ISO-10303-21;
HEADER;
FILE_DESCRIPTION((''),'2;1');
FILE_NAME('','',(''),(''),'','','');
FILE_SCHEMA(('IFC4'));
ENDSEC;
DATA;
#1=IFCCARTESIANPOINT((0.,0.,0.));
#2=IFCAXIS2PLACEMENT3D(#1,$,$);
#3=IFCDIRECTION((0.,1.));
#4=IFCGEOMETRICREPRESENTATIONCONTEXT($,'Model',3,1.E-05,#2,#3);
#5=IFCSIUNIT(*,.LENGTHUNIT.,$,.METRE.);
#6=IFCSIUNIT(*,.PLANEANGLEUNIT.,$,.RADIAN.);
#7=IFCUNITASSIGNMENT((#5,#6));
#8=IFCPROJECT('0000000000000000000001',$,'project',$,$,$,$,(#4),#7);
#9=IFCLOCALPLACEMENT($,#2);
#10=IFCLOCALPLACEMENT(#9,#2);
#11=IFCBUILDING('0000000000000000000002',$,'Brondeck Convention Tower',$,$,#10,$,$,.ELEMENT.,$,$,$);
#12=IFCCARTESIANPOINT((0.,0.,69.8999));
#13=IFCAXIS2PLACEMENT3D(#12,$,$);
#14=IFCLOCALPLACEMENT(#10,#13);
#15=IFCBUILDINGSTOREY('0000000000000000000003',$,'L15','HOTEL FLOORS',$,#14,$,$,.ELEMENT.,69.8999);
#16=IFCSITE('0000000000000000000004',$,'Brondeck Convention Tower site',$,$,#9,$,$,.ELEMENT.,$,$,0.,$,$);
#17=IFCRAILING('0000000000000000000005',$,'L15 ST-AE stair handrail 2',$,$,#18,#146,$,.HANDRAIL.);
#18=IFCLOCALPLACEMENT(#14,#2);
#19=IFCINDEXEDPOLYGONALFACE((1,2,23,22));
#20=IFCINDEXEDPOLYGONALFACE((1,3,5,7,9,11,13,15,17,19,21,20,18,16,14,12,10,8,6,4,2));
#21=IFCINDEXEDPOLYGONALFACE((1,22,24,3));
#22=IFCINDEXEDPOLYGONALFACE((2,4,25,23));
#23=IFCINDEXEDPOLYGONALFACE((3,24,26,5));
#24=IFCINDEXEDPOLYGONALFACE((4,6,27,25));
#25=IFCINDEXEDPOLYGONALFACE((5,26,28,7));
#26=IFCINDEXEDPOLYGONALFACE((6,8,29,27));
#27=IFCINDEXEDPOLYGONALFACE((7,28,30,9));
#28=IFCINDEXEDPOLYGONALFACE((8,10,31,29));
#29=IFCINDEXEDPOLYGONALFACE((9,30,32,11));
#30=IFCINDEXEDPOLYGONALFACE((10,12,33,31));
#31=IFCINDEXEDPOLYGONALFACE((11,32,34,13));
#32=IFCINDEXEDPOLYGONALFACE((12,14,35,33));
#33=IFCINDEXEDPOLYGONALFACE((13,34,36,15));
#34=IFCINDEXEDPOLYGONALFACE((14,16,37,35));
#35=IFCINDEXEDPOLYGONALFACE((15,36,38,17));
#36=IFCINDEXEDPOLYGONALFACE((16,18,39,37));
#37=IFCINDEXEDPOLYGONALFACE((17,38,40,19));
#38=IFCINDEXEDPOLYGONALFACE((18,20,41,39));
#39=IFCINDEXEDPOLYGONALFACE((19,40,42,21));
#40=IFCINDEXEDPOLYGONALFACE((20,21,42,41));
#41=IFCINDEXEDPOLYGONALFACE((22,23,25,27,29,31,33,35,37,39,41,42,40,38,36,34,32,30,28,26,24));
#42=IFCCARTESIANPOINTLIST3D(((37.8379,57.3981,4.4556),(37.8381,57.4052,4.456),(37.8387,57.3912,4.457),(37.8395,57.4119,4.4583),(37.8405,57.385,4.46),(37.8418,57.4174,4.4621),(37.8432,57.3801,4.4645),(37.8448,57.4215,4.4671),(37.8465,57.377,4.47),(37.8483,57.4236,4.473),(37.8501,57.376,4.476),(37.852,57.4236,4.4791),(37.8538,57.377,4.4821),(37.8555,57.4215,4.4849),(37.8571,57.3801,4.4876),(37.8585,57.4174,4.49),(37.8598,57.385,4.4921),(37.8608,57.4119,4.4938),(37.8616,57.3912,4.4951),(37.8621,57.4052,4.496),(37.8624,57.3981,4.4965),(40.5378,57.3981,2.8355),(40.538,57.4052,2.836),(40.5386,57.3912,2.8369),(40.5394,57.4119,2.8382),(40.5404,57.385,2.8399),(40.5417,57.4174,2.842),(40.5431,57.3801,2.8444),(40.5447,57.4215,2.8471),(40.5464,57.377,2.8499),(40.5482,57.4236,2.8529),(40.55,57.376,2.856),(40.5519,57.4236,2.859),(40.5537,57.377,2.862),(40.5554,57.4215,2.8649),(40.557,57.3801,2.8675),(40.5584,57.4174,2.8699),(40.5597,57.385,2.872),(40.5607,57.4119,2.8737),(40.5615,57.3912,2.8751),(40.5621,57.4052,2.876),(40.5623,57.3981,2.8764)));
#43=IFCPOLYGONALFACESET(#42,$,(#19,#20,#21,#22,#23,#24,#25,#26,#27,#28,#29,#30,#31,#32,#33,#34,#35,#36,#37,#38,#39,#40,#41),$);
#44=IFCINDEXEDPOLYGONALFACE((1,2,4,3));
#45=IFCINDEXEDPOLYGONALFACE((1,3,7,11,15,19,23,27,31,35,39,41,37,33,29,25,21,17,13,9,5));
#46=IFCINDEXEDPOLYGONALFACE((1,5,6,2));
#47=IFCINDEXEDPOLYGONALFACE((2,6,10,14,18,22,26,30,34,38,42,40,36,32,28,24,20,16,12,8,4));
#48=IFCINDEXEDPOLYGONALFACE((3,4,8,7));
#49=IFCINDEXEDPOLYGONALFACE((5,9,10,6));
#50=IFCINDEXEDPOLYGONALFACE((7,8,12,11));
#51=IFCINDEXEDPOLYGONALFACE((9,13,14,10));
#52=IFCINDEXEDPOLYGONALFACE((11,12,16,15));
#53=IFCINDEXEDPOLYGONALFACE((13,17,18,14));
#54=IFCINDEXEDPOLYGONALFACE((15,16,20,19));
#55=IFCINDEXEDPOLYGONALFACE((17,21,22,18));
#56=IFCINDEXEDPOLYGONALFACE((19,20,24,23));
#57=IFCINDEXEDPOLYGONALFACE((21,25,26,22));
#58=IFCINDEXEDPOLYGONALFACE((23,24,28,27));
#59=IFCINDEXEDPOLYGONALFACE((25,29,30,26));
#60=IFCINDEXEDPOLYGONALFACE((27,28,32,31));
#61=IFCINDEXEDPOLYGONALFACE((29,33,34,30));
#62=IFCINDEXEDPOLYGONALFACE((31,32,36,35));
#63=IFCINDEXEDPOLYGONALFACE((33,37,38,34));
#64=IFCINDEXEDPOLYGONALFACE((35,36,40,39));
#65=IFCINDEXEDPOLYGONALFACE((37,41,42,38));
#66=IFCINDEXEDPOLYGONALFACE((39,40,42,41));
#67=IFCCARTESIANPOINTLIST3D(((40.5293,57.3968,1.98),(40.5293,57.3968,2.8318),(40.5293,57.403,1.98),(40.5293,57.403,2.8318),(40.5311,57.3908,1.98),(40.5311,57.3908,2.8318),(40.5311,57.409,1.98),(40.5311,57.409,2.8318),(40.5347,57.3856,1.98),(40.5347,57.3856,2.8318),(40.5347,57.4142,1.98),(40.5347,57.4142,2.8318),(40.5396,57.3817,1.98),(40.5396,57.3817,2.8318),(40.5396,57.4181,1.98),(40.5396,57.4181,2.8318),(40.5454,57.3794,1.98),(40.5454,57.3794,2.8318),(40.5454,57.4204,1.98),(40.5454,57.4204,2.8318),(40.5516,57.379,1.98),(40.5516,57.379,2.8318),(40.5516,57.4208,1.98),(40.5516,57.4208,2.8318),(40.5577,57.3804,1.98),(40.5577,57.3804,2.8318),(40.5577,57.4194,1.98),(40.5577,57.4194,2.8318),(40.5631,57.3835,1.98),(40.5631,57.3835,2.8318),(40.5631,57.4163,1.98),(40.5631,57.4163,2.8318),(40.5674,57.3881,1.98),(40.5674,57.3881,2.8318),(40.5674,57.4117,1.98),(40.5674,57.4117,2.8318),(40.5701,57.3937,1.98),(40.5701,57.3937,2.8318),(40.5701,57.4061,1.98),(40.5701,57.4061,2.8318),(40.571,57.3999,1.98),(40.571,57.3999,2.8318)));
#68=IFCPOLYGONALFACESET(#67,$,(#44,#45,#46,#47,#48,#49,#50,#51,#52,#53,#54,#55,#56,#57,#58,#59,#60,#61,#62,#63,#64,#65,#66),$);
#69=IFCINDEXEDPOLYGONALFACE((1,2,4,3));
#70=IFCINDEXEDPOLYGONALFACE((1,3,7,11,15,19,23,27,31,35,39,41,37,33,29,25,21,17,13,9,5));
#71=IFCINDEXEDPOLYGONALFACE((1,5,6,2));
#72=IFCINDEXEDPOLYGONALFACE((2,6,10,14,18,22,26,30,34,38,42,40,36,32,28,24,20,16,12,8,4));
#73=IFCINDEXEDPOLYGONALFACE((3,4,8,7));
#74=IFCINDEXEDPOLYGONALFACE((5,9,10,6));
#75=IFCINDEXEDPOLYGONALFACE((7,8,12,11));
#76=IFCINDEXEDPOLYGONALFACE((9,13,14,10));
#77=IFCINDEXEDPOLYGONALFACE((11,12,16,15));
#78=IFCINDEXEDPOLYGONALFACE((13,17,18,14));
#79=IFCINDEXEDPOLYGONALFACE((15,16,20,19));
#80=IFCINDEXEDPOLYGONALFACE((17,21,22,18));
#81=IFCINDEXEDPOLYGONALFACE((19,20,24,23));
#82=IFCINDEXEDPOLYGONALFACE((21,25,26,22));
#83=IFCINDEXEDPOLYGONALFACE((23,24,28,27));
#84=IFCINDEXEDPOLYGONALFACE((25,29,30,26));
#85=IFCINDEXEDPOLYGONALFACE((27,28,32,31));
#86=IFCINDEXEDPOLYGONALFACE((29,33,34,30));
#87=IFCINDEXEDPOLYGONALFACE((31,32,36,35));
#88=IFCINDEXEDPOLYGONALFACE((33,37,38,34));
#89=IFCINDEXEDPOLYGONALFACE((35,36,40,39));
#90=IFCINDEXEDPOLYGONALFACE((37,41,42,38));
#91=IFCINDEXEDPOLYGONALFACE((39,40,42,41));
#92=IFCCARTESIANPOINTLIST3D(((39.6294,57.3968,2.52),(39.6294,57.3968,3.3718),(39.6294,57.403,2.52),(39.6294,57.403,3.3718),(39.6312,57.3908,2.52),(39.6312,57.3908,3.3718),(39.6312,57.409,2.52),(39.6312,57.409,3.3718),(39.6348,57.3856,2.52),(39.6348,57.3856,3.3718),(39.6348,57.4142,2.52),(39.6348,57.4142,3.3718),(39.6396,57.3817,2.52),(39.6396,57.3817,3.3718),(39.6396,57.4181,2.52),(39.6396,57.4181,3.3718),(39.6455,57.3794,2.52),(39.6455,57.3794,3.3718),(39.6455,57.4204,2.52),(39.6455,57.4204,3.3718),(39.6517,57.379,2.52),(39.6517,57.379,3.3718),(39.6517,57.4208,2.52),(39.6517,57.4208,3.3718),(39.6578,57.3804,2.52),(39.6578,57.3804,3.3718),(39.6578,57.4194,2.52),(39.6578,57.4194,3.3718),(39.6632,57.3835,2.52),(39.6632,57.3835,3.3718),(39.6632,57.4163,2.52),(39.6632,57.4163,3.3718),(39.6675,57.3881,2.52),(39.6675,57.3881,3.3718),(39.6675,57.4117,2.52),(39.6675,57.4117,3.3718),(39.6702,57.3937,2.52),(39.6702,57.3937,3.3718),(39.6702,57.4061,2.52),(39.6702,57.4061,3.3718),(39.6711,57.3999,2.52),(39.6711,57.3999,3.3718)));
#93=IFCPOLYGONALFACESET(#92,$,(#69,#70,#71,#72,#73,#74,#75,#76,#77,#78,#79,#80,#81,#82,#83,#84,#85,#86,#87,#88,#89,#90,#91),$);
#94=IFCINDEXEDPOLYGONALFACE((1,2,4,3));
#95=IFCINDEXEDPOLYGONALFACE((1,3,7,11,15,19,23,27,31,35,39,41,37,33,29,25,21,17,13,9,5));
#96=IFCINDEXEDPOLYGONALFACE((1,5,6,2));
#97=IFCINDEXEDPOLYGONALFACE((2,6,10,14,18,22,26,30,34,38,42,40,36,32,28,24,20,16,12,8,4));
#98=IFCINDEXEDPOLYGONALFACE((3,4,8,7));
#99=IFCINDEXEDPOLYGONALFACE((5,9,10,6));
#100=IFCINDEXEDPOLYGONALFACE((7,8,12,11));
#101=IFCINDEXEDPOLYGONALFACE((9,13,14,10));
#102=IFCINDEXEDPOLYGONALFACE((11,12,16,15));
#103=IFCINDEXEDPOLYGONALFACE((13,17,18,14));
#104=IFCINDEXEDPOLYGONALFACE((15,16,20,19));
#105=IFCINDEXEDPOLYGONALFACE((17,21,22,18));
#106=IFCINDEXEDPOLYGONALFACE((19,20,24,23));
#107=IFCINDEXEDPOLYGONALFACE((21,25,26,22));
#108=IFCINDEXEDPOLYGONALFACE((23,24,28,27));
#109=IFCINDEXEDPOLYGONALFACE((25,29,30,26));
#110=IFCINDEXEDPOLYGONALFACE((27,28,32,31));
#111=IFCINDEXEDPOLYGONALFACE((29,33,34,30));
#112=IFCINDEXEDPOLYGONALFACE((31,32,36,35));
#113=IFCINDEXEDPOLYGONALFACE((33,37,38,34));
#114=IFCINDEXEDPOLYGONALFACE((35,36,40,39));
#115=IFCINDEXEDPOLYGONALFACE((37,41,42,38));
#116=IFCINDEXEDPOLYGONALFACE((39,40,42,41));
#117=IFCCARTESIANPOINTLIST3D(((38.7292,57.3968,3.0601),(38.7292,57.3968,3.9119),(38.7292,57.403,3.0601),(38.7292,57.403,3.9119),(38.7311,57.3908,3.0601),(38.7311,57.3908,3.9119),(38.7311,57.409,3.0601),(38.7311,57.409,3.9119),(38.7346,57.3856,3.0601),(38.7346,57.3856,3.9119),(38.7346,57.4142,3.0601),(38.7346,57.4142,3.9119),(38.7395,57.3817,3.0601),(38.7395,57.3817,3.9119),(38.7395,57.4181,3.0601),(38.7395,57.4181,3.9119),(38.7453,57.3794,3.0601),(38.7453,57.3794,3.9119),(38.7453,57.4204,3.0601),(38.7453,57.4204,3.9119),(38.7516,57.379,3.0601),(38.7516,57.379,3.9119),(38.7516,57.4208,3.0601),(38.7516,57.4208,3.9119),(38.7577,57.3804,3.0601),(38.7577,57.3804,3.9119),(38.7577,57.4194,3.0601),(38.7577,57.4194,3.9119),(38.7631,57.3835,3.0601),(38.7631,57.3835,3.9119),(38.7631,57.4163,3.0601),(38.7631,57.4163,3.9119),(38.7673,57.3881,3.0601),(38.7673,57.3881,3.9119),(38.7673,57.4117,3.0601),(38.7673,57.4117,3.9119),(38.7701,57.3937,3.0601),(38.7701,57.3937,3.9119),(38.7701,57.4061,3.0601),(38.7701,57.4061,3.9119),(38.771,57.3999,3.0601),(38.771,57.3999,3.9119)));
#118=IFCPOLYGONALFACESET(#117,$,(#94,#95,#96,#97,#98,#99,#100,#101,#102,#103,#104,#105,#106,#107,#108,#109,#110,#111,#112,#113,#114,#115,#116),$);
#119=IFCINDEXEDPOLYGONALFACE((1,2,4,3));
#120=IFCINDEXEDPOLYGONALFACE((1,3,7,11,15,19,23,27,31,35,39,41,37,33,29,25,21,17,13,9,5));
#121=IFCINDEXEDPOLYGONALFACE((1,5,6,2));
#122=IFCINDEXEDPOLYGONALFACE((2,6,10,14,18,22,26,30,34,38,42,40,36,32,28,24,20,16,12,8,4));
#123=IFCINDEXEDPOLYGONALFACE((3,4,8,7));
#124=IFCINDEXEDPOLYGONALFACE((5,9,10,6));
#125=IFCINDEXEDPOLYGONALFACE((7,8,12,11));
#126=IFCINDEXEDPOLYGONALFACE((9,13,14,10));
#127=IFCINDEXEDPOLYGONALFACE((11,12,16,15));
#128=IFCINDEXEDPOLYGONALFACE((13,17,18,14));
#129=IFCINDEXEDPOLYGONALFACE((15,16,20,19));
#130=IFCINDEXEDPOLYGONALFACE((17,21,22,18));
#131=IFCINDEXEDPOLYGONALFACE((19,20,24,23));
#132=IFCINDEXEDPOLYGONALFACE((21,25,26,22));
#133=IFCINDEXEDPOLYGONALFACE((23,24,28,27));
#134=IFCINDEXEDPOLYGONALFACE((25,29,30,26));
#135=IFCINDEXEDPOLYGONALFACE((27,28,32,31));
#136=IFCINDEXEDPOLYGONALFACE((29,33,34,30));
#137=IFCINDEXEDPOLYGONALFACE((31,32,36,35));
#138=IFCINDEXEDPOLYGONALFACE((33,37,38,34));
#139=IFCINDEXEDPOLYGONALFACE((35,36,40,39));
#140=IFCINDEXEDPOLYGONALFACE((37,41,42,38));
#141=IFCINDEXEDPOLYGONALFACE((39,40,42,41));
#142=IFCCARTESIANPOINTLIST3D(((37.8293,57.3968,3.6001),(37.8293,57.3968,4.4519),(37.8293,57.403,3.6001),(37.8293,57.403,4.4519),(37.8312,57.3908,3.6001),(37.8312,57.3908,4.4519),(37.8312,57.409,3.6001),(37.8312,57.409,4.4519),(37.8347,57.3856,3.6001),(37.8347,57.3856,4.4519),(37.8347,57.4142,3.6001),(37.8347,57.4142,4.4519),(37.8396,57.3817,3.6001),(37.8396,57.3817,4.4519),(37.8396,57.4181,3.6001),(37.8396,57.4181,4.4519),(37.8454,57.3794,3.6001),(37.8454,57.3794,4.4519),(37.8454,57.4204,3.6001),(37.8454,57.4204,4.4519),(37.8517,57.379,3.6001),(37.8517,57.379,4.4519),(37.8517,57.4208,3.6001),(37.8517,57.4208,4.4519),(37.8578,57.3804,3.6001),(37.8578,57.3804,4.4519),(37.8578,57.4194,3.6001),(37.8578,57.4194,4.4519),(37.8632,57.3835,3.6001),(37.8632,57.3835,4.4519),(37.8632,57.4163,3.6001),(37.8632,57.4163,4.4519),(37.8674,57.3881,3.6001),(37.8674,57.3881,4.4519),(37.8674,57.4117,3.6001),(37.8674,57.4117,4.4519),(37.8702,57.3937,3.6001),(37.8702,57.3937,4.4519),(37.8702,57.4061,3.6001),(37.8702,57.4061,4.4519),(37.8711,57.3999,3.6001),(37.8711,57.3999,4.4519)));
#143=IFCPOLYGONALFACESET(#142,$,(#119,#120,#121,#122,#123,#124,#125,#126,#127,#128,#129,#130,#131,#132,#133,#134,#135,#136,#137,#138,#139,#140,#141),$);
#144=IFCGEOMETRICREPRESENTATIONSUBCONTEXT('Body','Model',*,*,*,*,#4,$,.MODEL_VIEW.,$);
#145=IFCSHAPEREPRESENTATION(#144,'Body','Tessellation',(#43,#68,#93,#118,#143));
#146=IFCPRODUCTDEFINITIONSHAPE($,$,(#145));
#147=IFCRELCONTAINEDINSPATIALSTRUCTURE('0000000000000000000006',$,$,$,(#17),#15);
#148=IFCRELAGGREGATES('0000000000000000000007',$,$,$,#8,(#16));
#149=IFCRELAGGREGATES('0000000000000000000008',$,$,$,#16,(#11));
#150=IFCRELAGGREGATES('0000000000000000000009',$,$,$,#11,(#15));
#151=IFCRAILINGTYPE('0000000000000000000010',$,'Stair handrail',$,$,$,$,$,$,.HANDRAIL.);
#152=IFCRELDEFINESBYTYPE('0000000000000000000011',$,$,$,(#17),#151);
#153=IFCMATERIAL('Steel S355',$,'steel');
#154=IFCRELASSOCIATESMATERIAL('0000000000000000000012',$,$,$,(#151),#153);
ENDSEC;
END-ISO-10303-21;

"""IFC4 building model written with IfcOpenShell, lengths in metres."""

from ifc_helpers import new_model, si_unit, direction, frame, origin, origin_2d, place, context, subcontext, project, spatial, circle, extrude, material, type_object, element, save


model = new_model("IFC4")

# Units and contexts
model_context = context("Model", 3, precision=1e-05, world=origin(), true_north=direction((0.0, 1.0)))
body_context = subcontext(model_context, "Body", "Model", "MODEL_VIEW")
ifc_project = project(units=[si_unit("LENGTHUNIT", "METRE"), si_unit("PLANEANGLEUNIT", "RADIAN")], contexts=[model_context])

# Site, building, storey
site_placement = place(None, origin())
site = spatial("IfcSite", under=ifc_project, at=site_placement, Name="Brondeck Convention Tower site", CompositionType="ELEMENT", RefElevation=0.0)
building_placement = place(site_placement, origin())
building = spatial("IfcBuilding", under=site, at=building_placement, Name="Brondeck Convention Tower", CompositionType="ELEMENT")
storey_placement = place(building_placement, frame((0.0, 0.0, 69.8999)))
storey = spatial("IfcBuildingStorey", under=building, at=storey_placement, Name="L15", Description="HOTEL FLOORS", CompositionType="ELEMENT", Elevation=69.8999)

# Shared definitions
ifc_material_1 = material(Name="Steel S355", Category="steel")

# Railing
railing_type_1 = type_object("IfcRailingType", Name="Stair handrail", PredefinedType="HANDRAIL", material=ifc_material_1)
railing_1_placement = place(storey_placement, frame((40.55, 57.3999, 1.98)))
element("IfcRailing", 1, at=railing_1_placement, inside=storey, type_object=railing_type_1, Name="L15 ST-AE stair handrail 2", PredefinedType="HANDRAIL", context=body_context, shape_type="SweptSolid", body=[
    extrude(circle(Radius=0.0239, at=origin_2d()), frame((0.0, 0.0, 0.876), z_axis=(-0.857472, 0.0, 0.51453), x_axis=(0.0, -1.0, 0.0)), (0.0, 0.0, 1.0), 3.1487),
    extrude(circle(Radius=0.021, at=origin_2d()), origin(), (0.0, 0.0, 1.0), 0.8518),
    extrude(circle(Radius=0.021, at=origin_2d()), frame((-0.8999, 0.0, 0.54)), (0.0, 0.0, 1.0), 0.8518),
    extrude(circle(Radius=0.021, at=origin_2d()), frame((-1.8, 0.0, 1.0801)), (0.0, 0.0, 1.0), 0.8518),
    extrude(circle(Radius=0.021, at=origin_2d()), frame((-2.7, 0.0, 1.6201)), (0.0, 0.0, 1.0), 0.8518),
])

save(model, "model.ifc")
